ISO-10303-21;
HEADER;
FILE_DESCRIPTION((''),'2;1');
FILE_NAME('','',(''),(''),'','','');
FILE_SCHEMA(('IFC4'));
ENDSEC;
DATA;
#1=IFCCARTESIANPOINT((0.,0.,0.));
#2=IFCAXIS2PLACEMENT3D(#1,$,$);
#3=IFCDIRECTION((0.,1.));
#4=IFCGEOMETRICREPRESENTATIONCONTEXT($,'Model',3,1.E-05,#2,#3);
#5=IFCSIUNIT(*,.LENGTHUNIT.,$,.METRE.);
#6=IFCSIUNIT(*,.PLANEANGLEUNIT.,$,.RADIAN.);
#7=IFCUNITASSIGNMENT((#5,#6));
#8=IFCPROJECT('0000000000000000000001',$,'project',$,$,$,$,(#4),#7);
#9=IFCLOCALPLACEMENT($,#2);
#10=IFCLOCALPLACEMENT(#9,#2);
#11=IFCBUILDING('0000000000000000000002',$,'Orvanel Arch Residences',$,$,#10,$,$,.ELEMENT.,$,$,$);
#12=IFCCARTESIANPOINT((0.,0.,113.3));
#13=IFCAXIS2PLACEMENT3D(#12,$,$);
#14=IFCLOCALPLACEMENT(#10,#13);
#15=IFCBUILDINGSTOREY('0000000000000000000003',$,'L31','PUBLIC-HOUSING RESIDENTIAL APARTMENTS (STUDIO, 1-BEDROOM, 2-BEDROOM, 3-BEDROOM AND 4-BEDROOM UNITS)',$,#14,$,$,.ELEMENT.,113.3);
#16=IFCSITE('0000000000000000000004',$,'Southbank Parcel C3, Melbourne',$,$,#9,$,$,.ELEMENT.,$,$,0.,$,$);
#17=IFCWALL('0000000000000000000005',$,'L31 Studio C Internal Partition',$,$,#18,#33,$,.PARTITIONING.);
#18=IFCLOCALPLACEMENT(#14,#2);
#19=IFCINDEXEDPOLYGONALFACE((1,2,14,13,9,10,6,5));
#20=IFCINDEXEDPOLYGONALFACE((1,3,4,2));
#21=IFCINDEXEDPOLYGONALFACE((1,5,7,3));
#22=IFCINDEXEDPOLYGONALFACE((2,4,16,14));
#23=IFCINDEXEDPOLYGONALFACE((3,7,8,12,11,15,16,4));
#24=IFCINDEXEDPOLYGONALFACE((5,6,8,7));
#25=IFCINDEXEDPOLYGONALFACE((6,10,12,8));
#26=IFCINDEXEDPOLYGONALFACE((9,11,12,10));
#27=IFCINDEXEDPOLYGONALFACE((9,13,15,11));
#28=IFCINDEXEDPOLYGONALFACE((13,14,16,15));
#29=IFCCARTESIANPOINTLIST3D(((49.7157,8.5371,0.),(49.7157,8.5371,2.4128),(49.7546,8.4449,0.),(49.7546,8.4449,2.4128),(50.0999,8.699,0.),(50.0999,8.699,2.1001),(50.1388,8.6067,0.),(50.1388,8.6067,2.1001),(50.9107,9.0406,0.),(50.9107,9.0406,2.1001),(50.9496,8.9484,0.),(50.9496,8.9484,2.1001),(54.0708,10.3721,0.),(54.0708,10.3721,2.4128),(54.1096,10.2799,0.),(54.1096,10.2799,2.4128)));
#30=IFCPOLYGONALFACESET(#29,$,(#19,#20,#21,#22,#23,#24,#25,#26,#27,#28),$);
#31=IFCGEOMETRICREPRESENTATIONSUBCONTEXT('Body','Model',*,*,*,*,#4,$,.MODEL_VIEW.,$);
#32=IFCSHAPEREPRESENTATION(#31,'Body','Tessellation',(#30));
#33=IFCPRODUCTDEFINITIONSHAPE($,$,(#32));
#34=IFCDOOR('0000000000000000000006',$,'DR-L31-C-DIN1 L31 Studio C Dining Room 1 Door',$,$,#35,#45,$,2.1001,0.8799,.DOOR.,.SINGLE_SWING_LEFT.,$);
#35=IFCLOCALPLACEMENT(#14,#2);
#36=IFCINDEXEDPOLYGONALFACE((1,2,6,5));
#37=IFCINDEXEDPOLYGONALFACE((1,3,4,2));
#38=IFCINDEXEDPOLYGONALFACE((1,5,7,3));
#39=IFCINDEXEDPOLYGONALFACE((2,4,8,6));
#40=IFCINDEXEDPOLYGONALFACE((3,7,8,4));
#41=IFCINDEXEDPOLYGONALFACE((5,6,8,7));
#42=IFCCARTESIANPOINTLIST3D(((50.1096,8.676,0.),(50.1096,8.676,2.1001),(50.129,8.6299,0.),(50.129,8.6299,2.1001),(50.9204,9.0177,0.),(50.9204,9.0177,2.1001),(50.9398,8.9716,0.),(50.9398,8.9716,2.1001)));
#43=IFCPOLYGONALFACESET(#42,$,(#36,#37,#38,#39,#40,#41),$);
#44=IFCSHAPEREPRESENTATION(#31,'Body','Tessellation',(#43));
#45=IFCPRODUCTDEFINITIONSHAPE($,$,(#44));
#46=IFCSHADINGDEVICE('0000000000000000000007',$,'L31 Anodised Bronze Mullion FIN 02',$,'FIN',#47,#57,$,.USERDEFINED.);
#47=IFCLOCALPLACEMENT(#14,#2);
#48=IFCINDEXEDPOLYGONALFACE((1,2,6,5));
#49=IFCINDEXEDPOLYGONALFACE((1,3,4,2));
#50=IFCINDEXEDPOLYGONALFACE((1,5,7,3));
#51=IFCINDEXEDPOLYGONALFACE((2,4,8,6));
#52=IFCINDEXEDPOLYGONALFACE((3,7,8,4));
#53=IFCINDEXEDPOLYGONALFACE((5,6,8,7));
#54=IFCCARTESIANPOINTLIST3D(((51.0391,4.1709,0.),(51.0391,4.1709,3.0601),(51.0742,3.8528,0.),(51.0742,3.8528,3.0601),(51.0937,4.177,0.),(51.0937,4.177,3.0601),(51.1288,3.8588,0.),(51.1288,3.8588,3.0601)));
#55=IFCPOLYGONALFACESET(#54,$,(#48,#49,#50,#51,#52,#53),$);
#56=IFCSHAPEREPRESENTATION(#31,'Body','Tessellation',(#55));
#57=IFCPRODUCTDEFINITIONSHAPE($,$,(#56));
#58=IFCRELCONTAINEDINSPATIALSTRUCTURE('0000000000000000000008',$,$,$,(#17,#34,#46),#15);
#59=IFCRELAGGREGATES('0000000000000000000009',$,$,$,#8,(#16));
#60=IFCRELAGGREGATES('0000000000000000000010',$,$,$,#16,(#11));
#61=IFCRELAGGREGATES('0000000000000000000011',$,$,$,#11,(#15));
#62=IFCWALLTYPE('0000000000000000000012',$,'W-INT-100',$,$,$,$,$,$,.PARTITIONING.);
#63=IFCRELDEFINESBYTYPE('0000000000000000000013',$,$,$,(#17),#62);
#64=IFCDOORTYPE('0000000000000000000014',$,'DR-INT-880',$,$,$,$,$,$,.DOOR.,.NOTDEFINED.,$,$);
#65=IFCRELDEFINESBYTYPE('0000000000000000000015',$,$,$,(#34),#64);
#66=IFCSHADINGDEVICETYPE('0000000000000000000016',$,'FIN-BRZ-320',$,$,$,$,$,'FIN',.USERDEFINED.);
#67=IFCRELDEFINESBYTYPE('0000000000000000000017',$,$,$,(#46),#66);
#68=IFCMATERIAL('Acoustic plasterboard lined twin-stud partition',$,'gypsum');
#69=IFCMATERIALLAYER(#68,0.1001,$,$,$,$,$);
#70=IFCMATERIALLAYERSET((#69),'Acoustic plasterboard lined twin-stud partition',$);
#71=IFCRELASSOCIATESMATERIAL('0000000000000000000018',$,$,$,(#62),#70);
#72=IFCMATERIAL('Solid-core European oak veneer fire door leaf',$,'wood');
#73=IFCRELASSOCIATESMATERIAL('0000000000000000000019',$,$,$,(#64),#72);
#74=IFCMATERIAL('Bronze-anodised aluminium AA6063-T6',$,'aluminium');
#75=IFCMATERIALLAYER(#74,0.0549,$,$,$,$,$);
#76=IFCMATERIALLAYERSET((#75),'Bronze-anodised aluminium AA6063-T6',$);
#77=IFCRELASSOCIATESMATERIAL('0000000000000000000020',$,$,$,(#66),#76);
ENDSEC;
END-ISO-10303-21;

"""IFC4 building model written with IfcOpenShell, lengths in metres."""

from ifc_helpers import new_model, si_unit, direction, frame, frame_2d, origin, origin_2d, place, context, subcontext, project, spatial, rectangle, extrude, material, layer, layer_set, type_object, element, fill, save


model = new_model("IFC4")

# Units and contexts
model_context = context("Model", 3, precision=1e-05, world=origin(), true_north=direction((0.0, 1.0)))
body_context = subcontext(model_context, "Body", "Model", "MODEL_VIEW")
ifc_project = project(units=[si_unit("LENGTHUNIT", "METRE"), si_unit("PLANEANGLEUNIT", "RADIAN")], contexts=[model_context])

# Site, building, storey
site_placement = place(None, origin())
site = spatial("IfcSite", under=ifc_project, at=site_placement, Name="Southbank Parcel C3, Melbourne", CompositionType="ELEMENT", RefElevation=0.0)
building_placement = place(site_placement, origin())
building = spatial("IfcBuilding", under=site, at=building_placement, Name="Orvanel Arch Residences", CompositionType="ELEMENT")
storey_placement = place(building_placement, frame((0.0, 0.0, 113.3)))
storey = spatial("IfcBuildingStorey", under=building, at=storey_placement, Name="L31", Description="PUBLIC-HOUSING RESIDENTIAL APARTMENTS (STUDIO, 1-BEDROOM, 2-BEDROOM, 3-BEDROOM AND 4-BEDROOM UNITS)", CompositionType="ELEMENT", Elevation=113.3)

# Shared definitions
ifc_material_1 = material(Name="Bronze-anodised aluminium AA6063-T6", Category="aluminium")

# Wall, opening, door
ifc_material_2 = material(Name="Acoustic plasterboard lined twin-stud partition", Category="gypsum")
ifc_layer_1 = layer(ifc_material_2, 0.1001)
ifc_layer_set_1 = layer_set([ifc_layer_1], Name="Acoustic plasterboard lined twin-stud partition")
wall_type = type_object("IfcWallType", Name="W-INT-100", PredefinedType="PARTITIONING", material=ifc_layer_set_1)
wall_placement = place(storey_placement, frame((54.0901, 10.3259, 0.0), z_axis=(0.0, 0.0, 1.0), x_axis=(-0.921538, -0.388288, 0.0)))
wall = element("IfcWall", 1, at=wall_placement, inside=storey, type_object=wall_type, Name="L31 Studio C Internal Partition", PredefinedType="PARTITIONING", context=body_context, shape_type="SweptSolid", body=[
    extrude(rectangle(XDim=4.7258, YDim=0.1001, at=frame_2d((2.3628, 0.0))), origin(), (0.0, 0.0, 1.0), 2.4128),
])
opening_placement = place(wall_placement, frame((3.429, 0.0, 0.0)))
opening = element("IfcOpeningElement", 2, at=opening_placement, cuts=wall, PredefinedType="OPENING", context=body_context, shape_type="SweptSolid", body=[
    extrude(rectangle(XDim=0.8799, YDim=2.1001, at=frame_2d((0.4399, 1.05))), frame((0.0, 0.0601, 0.0), z_axis=(0.0, -1.0, 0.0), x_axis=(1.0, 0.0, 0.0)), (0.0, 0.0, 1.0), 0.1201),
])
ifc_material_3 = material(Name="Solid-core European oak veneer fire door leaf", Category="wood")
door_type = type_object("IfcDoorType", Name="DR-INT-880", OperationType="NOTDEFINED", PredefinedType="DOOR", material=ifc_material_3)
door_placement = place(opening_placement, origin())
door = element("IfcDoor", 3, at=door_placement, inside=storey, type_object=door_type, Name="DR-L31-C-DIN1 L31 Studio C Dining Room 1 Door", OperationType="SINGLE_SWING_LEFT", OverallHeight=2.1001, OverallWidth=0.8799, PredefinedType="DOOR", context=body_context, shape_type="SweptSolid", body=[
    extrude(rectangle(XDim=0.8799, YDim=2.1001, at=frame_2d((0.4399, 1.05))), frame((0.0, 0.0249, 0.0), z_axis=(0.0, -1.0, 0.0), x_axis=(1.0, 0.0, 0.0)), (0.0, 0.0, 1.0), 0.05),
])
fill(opening, door)

# Shading device
ifc_layer_2 = layer(ifc_material_1, 0.0549)
ifc_layer_set_2 = layer_set([ifc_layer_2], Name="Bronze-anodised aluminium AA6063-T6")
shading_device_type = type_object("IfcShadingDeviceType", Name="FIN-BRZ-320", ElementType="FIN", PredefinedType="USERDEFINED", material=ifc_layer_set_2)
shading_device_placement = place(storey_placement, frame((51.084, 4.0149, 0.0), z_axis=(0.0, 0.0, 1.0), x_axis=(0.109734, -0.993961, 0.0)))
element("IfcShadingDevice", 4, at=shading_device_placement, inside=storey, type_object=shading_device_type, Name="L31 Anodised Bronze Mullion FIN 02", ObjectType="FIN", PredefinedType="USERDEFINED", context=body_context, shape_type="SweptSolid", body=[
    extrude(rectangle(XDim=0.3201, YDim=0.0549, at=origin_2d()), origin(), (0.0, 0.0, 1.0), 3.0601),
])

save(model, "model.ifc")
